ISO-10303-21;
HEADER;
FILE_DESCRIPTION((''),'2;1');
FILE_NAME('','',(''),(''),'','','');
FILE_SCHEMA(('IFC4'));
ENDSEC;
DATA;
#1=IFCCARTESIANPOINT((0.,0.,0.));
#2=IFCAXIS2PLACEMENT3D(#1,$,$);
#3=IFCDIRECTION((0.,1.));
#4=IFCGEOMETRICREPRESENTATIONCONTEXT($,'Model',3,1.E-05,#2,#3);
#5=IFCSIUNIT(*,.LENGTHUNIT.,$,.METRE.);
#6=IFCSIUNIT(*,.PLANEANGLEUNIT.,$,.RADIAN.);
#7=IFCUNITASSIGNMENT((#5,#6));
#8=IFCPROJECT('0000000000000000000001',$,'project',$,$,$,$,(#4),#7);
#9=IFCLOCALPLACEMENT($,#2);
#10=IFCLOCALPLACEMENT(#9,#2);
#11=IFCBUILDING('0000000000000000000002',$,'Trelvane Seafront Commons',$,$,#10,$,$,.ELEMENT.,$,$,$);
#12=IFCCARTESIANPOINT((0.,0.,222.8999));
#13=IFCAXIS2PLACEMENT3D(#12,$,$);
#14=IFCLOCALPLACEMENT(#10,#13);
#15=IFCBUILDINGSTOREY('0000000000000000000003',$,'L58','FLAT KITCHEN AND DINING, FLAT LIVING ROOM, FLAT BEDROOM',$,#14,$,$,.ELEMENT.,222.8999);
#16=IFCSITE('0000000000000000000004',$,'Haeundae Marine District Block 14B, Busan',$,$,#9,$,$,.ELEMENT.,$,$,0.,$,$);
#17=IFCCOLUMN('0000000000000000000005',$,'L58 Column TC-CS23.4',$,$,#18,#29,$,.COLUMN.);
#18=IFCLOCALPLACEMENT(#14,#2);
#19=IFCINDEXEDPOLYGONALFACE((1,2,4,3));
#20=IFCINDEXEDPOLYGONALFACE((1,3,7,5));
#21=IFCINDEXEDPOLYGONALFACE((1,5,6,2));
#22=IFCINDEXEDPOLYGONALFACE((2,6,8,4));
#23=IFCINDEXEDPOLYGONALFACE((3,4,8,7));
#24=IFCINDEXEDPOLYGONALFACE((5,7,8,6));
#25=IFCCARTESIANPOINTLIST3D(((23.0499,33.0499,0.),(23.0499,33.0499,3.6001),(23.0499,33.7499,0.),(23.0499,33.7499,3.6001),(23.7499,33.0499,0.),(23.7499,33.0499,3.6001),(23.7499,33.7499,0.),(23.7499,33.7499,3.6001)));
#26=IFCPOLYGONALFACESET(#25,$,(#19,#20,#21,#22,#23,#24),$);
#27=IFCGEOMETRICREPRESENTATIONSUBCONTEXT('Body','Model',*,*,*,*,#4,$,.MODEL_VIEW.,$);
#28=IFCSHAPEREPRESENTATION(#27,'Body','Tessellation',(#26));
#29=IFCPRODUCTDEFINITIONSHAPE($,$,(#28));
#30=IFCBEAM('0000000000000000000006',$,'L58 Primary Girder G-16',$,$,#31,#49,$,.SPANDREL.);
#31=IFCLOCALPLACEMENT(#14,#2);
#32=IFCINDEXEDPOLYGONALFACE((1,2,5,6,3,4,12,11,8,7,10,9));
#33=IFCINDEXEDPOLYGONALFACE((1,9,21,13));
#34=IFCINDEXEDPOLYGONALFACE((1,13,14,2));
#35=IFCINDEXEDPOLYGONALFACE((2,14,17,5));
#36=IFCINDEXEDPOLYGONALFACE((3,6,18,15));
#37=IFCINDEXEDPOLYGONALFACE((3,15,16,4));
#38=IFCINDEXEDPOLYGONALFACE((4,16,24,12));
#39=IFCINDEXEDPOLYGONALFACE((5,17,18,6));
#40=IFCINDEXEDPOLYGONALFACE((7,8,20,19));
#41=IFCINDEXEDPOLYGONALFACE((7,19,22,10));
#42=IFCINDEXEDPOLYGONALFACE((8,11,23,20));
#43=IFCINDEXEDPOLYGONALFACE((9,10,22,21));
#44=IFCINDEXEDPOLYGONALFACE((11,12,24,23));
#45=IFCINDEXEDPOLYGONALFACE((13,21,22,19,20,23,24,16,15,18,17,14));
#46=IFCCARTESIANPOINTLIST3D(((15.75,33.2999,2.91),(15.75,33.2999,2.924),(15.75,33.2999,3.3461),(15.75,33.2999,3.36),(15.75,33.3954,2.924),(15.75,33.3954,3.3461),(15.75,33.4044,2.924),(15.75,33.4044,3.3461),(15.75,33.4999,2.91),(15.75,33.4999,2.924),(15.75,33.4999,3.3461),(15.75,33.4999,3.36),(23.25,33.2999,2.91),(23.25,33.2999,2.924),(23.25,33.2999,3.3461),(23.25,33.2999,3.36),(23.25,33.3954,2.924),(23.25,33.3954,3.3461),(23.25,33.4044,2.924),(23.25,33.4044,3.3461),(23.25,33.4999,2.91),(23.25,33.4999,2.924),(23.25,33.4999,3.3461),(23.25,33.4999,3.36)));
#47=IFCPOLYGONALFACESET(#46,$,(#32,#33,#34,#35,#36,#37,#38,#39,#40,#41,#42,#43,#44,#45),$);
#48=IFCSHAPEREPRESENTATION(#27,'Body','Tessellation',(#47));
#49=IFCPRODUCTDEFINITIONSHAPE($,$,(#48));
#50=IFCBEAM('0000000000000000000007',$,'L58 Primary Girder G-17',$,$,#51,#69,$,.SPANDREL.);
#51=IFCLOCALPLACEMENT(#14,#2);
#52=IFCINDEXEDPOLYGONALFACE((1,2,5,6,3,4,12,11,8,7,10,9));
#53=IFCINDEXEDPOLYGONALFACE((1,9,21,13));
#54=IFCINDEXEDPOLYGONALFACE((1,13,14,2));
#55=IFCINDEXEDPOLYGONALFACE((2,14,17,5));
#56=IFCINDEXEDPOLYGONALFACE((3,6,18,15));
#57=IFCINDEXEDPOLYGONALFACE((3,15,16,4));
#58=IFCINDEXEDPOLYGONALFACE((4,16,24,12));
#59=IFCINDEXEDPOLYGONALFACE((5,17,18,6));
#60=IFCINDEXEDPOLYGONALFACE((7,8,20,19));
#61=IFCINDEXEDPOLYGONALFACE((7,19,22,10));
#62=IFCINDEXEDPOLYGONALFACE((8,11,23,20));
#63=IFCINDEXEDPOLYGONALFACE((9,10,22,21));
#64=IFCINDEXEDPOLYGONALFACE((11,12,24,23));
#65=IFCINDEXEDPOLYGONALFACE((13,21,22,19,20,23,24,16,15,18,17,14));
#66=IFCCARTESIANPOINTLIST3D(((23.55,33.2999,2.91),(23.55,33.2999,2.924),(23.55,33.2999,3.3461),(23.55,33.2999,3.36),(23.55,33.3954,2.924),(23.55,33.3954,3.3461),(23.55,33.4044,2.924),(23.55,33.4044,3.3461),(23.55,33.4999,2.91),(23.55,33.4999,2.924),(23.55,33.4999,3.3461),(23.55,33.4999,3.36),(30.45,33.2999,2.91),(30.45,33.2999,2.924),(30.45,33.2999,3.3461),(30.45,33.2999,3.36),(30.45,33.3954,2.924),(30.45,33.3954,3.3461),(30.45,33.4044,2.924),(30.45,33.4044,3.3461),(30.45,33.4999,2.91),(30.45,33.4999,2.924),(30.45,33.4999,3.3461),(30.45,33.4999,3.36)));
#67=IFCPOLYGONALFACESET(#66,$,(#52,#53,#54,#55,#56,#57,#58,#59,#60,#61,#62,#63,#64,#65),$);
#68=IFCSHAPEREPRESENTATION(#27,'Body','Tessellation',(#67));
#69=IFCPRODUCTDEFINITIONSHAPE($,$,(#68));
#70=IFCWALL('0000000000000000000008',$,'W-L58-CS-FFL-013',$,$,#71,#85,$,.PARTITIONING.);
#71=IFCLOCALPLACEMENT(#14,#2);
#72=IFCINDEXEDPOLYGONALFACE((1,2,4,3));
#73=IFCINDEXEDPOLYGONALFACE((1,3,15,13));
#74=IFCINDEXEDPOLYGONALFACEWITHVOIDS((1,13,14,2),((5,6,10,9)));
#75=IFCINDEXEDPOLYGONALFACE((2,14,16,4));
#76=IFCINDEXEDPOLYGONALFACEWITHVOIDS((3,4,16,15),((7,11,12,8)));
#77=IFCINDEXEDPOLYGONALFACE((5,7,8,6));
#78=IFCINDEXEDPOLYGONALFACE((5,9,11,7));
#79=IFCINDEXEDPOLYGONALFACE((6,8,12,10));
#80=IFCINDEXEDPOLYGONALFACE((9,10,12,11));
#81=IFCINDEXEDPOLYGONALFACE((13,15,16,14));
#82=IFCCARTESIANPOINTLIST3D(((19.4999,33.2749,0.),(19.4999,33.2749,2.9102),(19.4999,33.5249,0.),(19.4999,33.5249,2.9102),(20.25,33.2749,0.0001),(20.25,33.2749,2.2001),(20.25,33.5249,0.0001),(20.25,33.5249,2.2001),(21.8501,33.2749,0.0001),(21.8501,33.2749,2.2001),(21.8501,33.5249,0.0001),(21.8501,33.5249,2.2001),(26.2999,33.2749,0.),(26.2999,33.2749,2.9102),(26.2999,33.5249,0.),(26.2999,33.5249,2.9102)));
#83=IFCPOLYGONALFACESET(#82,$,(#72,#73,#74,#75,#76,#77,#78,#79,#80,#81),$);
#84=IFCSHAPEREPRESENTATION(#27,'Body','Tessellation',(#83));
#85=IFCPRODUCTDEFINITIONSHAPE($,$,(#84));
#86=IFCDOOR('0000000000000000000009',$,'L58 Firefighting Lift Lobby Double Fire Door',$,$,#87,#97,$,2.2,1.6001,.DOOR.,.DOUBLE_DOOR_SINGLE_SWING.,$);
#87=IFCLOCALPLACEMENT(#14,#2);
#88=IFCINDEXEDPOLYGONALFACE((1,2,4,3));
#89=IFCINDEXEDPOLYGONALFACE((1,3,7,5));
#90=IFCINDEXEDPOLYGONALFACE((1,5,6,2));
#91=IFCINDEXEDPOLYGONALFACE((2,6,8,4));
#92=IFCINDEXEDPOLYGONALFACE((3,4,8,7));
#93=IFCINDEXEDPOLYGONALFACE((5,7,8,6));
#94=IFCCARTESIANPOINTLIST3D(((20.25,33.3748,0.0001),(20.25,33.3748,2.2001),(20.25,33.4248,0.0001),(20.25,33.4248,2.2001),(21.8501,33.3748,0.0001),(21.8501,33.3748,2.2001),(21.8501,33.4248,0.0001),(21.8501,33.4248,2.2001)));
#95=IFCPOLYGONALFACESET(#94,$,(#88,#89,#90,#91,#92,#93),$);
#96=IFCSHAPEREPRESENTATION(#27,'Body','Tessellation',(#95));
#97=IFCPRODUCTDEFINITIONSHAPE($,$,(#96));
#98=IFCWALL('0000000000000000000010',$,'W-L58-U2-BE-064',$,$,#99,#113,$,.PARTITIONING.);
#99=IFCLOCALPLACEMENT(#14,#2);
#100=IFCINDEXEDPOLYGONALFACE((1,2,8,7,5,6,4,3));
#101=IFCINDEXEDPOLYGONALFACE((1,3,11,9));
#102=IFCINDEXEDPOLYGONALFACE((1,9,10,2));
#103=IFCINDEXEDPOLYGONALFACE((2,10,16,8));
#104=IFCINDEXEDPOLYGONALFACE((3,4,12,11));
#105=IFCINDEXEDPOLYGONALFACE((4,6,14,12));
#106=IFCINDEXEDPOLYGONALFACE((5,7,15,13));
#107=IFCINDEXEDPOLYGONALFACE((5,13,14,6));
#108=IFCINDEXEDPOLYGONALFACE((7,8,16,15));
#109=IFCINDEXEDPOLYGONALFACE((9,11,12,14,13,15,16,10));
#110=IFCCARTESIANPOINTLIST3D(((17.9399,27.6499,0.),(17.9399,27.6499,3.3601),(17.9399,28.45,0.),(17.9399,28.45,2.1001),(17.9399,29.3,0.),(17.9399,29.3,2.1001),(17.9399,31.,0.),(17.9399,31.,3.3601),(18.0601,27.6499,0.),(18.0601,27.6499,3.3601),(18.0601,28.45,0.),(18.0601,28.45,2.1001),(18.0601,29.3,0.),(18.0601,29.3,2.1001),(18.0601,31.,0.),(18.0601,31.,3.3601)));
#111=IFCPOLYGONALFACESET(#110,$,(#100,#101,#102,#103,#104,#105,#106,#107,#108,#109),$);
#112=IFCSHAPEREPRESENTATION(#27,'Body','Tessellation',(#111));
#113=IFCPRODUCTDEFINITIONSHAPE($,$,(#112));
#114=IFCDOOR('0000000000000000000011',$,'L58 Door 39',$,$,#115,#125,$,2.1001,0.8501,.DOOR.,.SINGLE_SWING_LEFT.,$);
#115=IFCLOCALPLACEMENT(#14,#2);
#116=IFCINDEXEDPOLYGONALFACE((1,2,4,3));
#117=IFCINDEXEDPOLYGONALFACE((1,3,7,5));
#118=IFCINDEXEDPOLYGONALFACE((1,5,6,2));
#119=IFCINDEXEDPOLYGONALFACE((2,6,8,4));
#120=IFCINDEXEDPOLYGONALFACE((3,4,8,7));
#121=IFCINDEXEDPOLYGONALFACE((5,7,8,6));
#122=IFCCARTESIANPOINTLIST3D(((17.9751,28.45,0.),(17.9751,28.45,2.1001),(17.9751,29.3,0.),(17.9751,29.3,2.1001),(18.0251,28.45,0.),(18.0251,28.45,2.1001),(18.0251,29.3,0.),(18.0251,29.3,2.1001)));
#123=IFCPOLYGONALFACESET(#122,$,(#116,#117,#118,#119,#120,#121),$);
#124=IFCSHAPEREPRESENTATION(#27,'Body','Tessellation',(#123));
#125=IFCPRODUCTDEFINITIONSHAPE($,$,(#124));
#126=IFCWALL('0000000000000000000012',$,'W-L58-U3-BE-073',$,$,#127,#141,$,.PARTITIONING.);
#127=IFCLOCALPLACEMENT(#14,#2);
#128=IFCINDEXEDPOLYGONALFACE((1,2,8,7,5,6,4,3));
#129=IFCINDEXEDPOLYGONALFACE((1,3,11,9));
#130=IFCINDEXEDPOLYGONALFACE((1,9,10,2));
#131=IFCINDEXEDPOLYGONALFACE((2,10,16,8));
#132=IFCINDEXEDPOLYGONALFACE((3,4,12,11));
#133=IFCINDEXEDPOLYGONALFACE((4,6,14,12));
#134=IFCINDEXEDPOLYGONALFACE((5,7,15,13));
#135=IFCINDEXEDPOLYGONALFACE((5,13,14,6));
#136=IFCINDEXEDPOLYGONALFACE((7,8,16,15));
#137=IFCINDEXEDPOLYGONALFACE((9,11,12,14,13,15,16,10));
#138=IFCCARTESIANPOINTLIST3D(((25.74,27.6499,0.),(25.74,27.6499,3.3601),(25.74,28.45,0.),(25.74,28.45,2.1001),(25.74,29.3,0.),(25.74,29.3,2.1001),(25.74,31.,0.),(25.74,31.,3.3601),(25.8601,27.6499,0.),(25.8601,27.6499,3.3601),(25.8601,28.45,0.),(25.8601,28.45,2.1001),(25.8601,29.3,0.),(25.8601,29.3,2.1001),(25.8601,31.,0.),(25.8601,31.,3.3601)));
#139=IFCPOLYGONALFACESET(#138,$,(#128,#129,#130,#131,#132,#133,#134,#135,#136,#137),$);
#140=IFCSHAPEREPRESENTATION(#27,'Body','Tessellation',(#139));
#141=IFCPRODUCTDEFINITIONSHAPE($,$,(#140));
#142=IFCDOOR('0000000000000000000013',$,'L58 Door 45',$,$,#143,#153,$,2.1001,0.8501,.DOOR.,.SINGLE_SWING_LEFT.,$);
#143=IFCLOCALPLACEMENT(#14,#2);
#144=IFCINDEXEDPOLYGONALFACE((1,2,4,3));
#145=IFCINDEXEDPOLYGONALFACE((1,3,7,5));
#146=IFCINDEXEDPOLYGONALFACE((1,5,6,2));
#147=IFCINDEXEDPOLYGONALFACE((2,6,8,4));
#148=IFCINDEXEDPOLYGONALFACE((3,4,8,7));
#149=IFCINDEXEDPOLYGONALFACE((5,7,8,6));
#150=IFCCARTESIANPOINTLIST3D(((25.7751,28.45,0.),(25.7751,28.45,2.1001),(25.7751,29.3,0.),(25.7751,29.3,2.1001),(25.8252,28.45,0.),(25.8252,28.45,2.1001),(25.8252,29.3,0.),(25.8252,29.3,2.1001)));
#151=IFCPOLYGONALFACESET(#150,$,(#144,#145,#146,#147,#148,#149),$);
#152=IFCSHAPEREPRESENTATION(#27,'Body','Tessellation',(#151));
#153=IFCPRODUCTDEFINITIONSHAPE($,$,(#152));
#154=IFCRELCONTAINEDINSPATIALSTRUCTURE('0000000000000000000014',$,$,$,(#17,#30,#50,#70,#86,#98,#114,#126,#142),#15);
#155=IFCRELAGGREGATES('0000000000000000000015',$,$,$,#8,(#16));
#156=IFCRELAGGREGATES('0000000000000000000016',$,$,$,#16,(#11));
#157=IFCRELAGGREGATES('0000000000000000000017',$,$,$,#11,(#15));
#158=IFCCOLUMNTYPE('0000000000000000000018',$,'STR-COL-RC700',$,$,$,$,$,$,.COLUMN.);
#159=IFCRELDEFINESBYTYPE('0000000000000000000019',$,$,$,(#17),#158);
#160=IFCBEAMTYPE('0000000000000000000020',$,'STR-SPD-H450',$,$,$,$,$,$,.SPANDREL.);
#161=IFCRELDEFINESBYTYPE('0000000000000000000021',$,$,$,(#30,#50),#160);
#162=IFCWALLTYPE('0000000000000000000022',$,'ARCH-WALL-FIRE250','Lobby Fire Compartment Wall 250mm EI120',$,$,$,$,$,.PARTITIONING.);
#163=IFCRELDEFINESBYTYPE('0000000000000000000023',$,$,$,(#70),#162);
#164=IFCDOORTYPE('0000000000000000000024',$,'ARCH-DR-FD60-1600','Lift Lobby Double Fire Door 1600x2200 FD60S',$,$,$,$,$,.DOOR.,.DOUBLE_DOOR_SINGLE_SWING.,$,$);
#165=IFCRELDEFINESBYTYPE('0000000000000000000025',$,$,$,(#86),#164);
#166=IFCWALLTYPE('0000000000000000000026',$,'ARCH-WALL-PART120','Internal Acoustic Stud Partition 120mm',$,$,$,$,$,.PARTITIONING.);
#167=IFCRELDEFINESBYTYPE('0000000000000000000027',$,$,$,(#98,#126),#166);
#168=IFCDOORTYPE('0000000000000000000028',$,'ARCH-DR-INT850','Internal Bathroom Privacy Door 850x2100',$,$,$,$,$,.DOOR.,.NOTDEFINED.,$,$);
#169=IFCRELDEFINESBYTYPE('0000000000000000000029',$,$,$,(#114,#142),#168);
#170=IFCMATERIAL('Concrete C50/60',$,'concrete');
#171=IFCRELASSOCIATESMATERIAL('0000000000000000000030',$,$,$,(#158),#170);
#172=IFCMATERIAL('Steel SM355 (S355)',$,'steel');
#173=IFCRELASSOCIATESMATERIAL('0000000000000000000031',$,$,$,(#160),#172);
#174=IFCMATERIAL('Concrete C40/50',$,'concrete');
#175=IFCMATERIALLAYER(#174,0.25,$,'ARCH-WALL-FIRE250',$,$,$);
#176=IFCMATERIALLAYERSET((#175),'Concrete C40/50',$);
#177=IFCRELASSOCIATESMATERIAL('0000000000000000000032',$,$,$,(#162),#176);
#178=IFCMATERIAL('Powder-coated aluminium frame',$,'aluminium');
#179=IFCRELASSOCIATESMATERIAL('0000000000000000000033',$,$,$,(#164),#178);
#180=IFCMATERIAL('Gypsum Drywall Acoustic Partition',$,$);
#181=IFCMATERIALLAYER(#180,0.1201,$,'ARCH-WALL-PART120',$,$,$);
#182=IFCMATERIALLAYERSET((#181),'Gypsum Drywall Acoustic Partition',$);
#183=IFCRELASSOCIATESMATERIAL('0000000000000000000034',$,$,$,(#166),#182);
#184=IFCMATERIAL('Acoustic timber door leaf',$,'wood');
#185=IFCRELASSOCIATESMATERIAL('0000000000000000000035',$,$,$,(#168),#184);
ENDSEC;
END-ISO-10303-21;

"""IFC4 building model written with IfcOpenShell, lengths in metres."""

from ifc_helpers import new_model, si_unit, direction, frame, frame_2d, origin, origin_2d, place, context, subcontext, project, spatial, rectangle, i_section, extrude, source, transform, mapped, material, layer, layer_set, material_profile, profile_set, type_object, element, fill, save


model = new_model("IFC4")

# Units and contexts
model_context = context("Model", 3, precision=1e-05, world=origin(), true_north=direction((0.0, 1.0)))
body_context = subcontext(model_context, "Body", "Model", "MODEL_VIEW")
ifc_project = project(units=[si_unit("LENGTHUNIT", "METRE"), si_unit("PLANEANGLEUNIT", "RADIAN")], contexts=[model_context])

# Site, building, storey
site_placement = place(None, origin())
site = spatial("IfcSite", under=ifc_project, at=site_placement, Name="Haeundae Marine District Block 14B, Busan", CompositionType="ELEMENT", RefElevation=0.0)
building_placement = place(site_placement, origin())
building = spatial("IfcBuilding", under=site, at=building_placement, Name="Trelvane Seafront Commons", CompositionType="ELEMENT")
storey_placement = place(building_placement, frame((0.0, 0.0, 222.8999)))
storey = spatial("IfcBuildingStorey", under=building, at=storey_placement, Name="L58", Description="FLAT KITCHEN AND DINING, FLAT LIVING ROOM, FLAT BEDROOM", CompositionType="ELEMENT", Elevation=222.8999)

# Column
ifc_material_1 = material(Name="Concrete C50/60", Category="concrete")
ifc_material_profile_1 = material_profile(ifc_material_1, rectangle(XDim=0.7, YDim=0.7, at=origin_2d()), Name="RC-700x700")
ifc_profile_set_1 = profile_set([ifc_material_profile_1], Name="Concrete C50/60")
column_type = type_object("IfcColumnType", Name="STR-COL-RC700", PredefinedType="COLUMN", material=ifc_profile_set_1)
shared_shape_1 = source(origin(), body_context, "Body", "SweptSolid", [
    extrude(rectangle(XDim=0.7, YDim=0.7, at=origin_2d()), origin(), (0.0, 0.0, 1.0), 3.6001),
])
column_placement = place(storey_placement, frame((23.3999, 33.3999, 0.0), z_axis=(0.0, 0.0, 1.0), x_axis=(1.0, 0.0, 0.0)))
element("IfcColumn", 1, at=column_placement, inside=storey, type_object=column_type, Name="L58 Column TC-CS23.4", PredefinedType="COLUMN", context=body_context, shape_type="MappedRepresentation", body=[
    mapped(shared_shape_1, transform((0.0, 0.0, 0.0), x_axis=(1.0, 0.0, 0.0), y_axis=(0.0, 1.0, 0.0), z_axis=(0.0, 0.0, 1.0), scale=1.0)),
])

# Beams
ifc_material_2 = material(Name="Steel SM355 (S355)", Category="steel")
ifc_material_profile_2 = material_profile(ifc_material_2, i_section(OverallWidth=0.2, OverallDepth=0.45, WebThickness=0.009, FlangeThickness=0.0139, at=origin_2d()), Name="H-450x200x9x14")
ifc_profile_set_2 = profile_set([ifc_material_profile_2], Name="Steel SM355 (S355)")
beam_type = type_object("IfcBeamType", Name="STR-SPD-H450", PredefinedType="SPANDREL", material=ifc_profile_set_2)
shared_shape_2 = source(origin(), body_context, "Body", "SweptSolid", [
    extrude(i_section(OverallWidth=0.2, OverallDepth=0.45, WebThickness=0.009, FlangeThickness=0.0139, at=origin_2d()), origin(), (0.0, 0.0, 1.0), 7.5),
])
beam_1_placement = place(storey_placement, frame((15.75, 33.3999, 3.135), z_axis=(1.0, 0.0, 0.0), x_axis=(0.0, 1.0, 0.0)))
element("IfcBeam", 2, at=beam_1_placement, inside=storey, type_object=beam_type, Name="L58 Primary Girder G-16", PredefinedType="SPANDREL", context=body_context, shape_type="MappedRepresentation", body=[
    mapped(shared_shape_2, transform((0.0, 0.0, 0.0), x_axis=(1.0, 0.0, 0.0), y_axis=(0.0, 1.0, 0.0), z_axis=(0.0, 0.0, 1.0), scale=1.0)),
])
shared_shape_3 = source(origin(), body_context, "Body", "SweptSolid", [
    extrude(i_section(OverallWidth=0.2, OverallDepth=0.45, WebThickness=0.009, FlangeThickness=0.0139, at=origin_2d()), origin(), (0.0, 0.0, 1.0), 6.8999),
])
beam_2_placement = place(storey_placement, frame((23.55, 33.3999, 3.135), z_axis=(1.0, 0.0, 0.0), x_axis=(0.0, 1.0, 0.0)))
element("IfcBeam", 3, at=beam_2_placement, inside=storey, type_object=beam_type, Name="L58 Primary Girder G-17", PredefinedType="SPANDREL", context=body_context, shape_type="MappedRepresentation", body=[
    mapped(shared_shape_3, transform((0.0, 0.0, 0.0), x_axis=(1.0, 0.0, 0.0), y_axis=(0.0, 1.0, 0.0), z_axis=(0.0, 0.0, 1.0), scale=1.0)),
])

# Walls, openings, doors
ifc_material_3 = material(Name="Concrete C40/50", Category="concrete")
ifc_layer_1 = layer(ifc_material_3, 0.25, Name="ARCH-WALL-FIRE250")
ifc_layer_set_1 = layer_set([ifc_layer_1], Name="Concrete C40/50")
wall_type_1 = type_object("IfcWallType", Name="ARCH-WALL-FIRE250", Description="Lobby Fire Compartment Wall 250mm EI120", PredefinedType="PARTITIONING", material=ifc_layer_set_1)
wall_1_placement = place(storey_placement, frame((19.5, 33.3999, 0.0), z_axis=(0.0, 0.0, 1.0), x_axis=(1.0, 0.0, 0.0)))
wall_1 = element("IfcWall", 4, at=wall_1_placement, inside=storey, type_object=wall_type_1, Name="W-L58-CS-FFL-013", PredefinedType="PARTITIONING", context=body_context, shape_type="SweptSolid", body=[
    extrude(rectangle(XDim=6.8, YDim=0.25, at=frame_2d((3.3999, 0.0))), origin(), (0.0, 0.0, 1.0), 2.9102),
])
opening_1_placement = place(wall_1_placement, frame((0.75, 0.0, 0.0)))
opening_1 = element("IfcOpeningElement", 5, at=opening_1_placement, cuts=wall_1, PredefinedType="OPENING", context=body_context, shape_type="SweptSolid", body=[
    extrude(rectangle(XDim=1.6001, YDim=2.2, at=frame_2d((0.8, 1.1001))), frame((0.0, 0.135, 0.0), z_axis=(0.0, -1.0, 0.0), x_axis=(1.0, 0.0, 0.0)), (0.0, 0.0, 1.0), 0.27),
])
ifc_material_4 = material(Name="Powder-coated aluminium frame", Category="aluminium")
door_type_1 = type_object("IfcDoorType", Name="ARCH-DR-FD60-1600", Description="Lift Lobby Double Fire Door 1600x2200 FD60S", OperationType="DOUBLE_DOOR_SINGLE_SWING", PredefinedType="DOOR", material=ifc_material_4)
shared_shape_4 = source(origin(), body_context, "Body", "SweptSolid", [
    extrude(rectangle(XDim=1.6001, YDim=2.2, at=frame_2d((0.8, 1.1001))), frame((0.0, 0.0249, 0.0), z_axis=(0.0, -1.0, 0.0), x_axis=(1.0, 0.0, 0.0)), (0.0, 0.0, 1.0), 0.05),
])
door_1_placement = place(opening_1_placement, origin())
door_1 = element("IfcDoor", 6, at=door_1_placement, inside=storey, type_object=door_type_1, Name="L58 Firefighting Lift Lobby Double Fire Door", OperationType="DOUBLE_DOOR_SINGLE_SWING", OverallHeight=2.2, OverallWidth=1.6001, PredefinedType="DOOR", context=body_context, shape_type="MappedRepresentation", body=[
    mapped(shared_shape_4, transform((0.0, 0.0, 0.0), x_axis=(1.0, 0.0, 0.0), y_axis=(0.0, 1.0, 0.0), z_axis=(0.0, 0.0, 1.0), scale=1.0)),
])
fill(opening_1, door_1)
ifc_material_5 = material(Name="Acoustic timber door leaf", Category="wood")
ifc_material_6 = material(Name="Gypsum Drywall Acoustic Partition")
ifc_layer_2 = layer(ifc_material_6, 0.1201, Name="ARCH-WALL-PART120")
ifc_layer_set_2 = layer_set([ifc_layer_2], Name="Gypsum Drywall Acoustic Partition")
wall_type_2 = type_object("IfcWallType", Name="ARCH-WALL-PART120", Description="Internal Acoustic Stud Partition 120mm", PredefinedType="PARTITIONING", material=ifc_layer_set_2)
wall_2_placement = place(storey_placement, frame((18.0, 27.6499, 0.0), z_axis=(0.0, 0.0, 1.0), x_axis=(0.0, 1.0, 0.0)))
wall_2 = element("IfcWall", 7, at=wall_2_placement, inside=storey, type_object=wall_type_2, Name="W-L58-U2-BE-064", PredefinedType="PARTITIONING", context=body_context, shape_type="SweptSolid", body=[
    extrude(rectangle(XDim=3.3501, YDim=0.1201, at=frame_2d((1.675, 0.0))), origin(), (0.0, 0.0, 1.0), 3.3601),
])
opening_2_placement = place(wall_2_placement, frame((0.8, 0.0, 0.0)))
opening_2 = element("IfcOpeningElement", 8, at=opening_2_placement, cuts=wall_2, PredefinedType="OPENING", context=body_context, shape_type="SweptSolid", body=[
    extrude(rectangle(XDim=0.8501, YDim=2.1001, at=frame_2d((0.425, 1.05))), frame((0.0, 0.0701, 0.0), z_axis=(0.0, -1.0, 0.0), x_axis=(1.0, 0.0, 0.0)), (0.0, 0.0, 1.0), 0.1401),
])
door_type_2 = type_object("IfcDoorType", Name="ARCH-DR-INT850", Description="Internal Bathroom Privacy Door 850x2100", OperationType="NOTDEFINED", PredefinedType="DOOR", material=ifc_material_5)
shared_shape_5 = source(origin(), body_context, "Body", "SweptSolid", [
    extrude(rectangle(XDim=0.8501, YDim=2.1001, at=frame_2d((0.425, 1.05))), frame((0.0, 0.0249, 0.0), z_axis=(0.0, -1.0, 0.0), x_axis=(1.0, 0.0, 0.0)), (0.0, 0.0, 1.0), 0.05),
])
door_2_placement = place(opening_2_placement, origin())
door_2 = element("IfcDoor", 9, at=door_2_placement, inside=storey, type_object=door_type_2, Name="L58 Door 39", OperationType="SINGLE_SWING_LEFT", OverallHeight=2.1001, OverallWidth=0.8501, PredefinedType="DOOR", context=body_context, shape_type="MappedRepresentation", body=[
    mapped(shared_shape_5, transform((0.0, 0.0, 0.0), x_axis=(1.0, 0.0, 0.0), y_axis=(0.0, 1.0, 0.0), z_axis=(0.0, 0.0, 1.0), scale=1.0)),
])
fill(opening_2, door_2)
wall_3_placement = place(storey_placement, frame((25.8, 27.6499, 0.0), z_axis=(0.0, 0.0, 1.0), x_axis=(0.0, 1.0, 0.0)))
wall_3 = element("IfcWall", 10, at=wall_3_placement, inside=storey, type_object=wall_type_2, Name="W-L58-U3-BE-073", PredefinedType="PARTITIONING", context=body_context, shape_type="SweptSolid", body=[
    extrude(rectangle(XDim=3.3501, YDim=0.1201, at=frame_2d((1.675, 0.0))), origin(), (0.0, 0.0, 1.0), 3.3601),
])
opening_3_placement = place(wall_3_placement, frame((0.8, 0.0, 0.0)))
opening_3 = element("IfcOpeningElement", 11, at=opening_3_placement, cuts=wall_3, PredefinedType="OPENING", context=body_context, shape_type="SweptSolid", body=[
    extrude(rectangle(XDim=0.8501, YDim=2.1001, at=frame_2d((0.425, 1.05))), frame((0.0, 0.0701, 0.0), z_axis=(0.0, -1.0, 0.0), x_axis=(1.0, 0.0, 0.0)), (0.0, 0.0, 1.0), 0.1401),
])
door_3_placement = place(opening_3_placement, origin())
door_3 = element("IfcDoor", 12, at=door_3_placement, inside=storey, type_object=door_type_2, Name="L58 Door 45", OperationType="SINGLE_SWING_LEFT", OverallHeight=2.1001, OverallWidth=0.8501, PredefinedType="DOOR", context=body_context, shape_type="MappedRepresentation", body=[
    mapped(shared_shape_5, transform((0.0, 0.0, 0.0), x_axis=(1.0, 0.0, 0.0), y_axis=(0.0, 1.0, 0.0), z_axis=(0.0, 0.0, 1.0), scale=1.0)),
])
fill(opening_3, door_3)

save(model, "model.ifc")
